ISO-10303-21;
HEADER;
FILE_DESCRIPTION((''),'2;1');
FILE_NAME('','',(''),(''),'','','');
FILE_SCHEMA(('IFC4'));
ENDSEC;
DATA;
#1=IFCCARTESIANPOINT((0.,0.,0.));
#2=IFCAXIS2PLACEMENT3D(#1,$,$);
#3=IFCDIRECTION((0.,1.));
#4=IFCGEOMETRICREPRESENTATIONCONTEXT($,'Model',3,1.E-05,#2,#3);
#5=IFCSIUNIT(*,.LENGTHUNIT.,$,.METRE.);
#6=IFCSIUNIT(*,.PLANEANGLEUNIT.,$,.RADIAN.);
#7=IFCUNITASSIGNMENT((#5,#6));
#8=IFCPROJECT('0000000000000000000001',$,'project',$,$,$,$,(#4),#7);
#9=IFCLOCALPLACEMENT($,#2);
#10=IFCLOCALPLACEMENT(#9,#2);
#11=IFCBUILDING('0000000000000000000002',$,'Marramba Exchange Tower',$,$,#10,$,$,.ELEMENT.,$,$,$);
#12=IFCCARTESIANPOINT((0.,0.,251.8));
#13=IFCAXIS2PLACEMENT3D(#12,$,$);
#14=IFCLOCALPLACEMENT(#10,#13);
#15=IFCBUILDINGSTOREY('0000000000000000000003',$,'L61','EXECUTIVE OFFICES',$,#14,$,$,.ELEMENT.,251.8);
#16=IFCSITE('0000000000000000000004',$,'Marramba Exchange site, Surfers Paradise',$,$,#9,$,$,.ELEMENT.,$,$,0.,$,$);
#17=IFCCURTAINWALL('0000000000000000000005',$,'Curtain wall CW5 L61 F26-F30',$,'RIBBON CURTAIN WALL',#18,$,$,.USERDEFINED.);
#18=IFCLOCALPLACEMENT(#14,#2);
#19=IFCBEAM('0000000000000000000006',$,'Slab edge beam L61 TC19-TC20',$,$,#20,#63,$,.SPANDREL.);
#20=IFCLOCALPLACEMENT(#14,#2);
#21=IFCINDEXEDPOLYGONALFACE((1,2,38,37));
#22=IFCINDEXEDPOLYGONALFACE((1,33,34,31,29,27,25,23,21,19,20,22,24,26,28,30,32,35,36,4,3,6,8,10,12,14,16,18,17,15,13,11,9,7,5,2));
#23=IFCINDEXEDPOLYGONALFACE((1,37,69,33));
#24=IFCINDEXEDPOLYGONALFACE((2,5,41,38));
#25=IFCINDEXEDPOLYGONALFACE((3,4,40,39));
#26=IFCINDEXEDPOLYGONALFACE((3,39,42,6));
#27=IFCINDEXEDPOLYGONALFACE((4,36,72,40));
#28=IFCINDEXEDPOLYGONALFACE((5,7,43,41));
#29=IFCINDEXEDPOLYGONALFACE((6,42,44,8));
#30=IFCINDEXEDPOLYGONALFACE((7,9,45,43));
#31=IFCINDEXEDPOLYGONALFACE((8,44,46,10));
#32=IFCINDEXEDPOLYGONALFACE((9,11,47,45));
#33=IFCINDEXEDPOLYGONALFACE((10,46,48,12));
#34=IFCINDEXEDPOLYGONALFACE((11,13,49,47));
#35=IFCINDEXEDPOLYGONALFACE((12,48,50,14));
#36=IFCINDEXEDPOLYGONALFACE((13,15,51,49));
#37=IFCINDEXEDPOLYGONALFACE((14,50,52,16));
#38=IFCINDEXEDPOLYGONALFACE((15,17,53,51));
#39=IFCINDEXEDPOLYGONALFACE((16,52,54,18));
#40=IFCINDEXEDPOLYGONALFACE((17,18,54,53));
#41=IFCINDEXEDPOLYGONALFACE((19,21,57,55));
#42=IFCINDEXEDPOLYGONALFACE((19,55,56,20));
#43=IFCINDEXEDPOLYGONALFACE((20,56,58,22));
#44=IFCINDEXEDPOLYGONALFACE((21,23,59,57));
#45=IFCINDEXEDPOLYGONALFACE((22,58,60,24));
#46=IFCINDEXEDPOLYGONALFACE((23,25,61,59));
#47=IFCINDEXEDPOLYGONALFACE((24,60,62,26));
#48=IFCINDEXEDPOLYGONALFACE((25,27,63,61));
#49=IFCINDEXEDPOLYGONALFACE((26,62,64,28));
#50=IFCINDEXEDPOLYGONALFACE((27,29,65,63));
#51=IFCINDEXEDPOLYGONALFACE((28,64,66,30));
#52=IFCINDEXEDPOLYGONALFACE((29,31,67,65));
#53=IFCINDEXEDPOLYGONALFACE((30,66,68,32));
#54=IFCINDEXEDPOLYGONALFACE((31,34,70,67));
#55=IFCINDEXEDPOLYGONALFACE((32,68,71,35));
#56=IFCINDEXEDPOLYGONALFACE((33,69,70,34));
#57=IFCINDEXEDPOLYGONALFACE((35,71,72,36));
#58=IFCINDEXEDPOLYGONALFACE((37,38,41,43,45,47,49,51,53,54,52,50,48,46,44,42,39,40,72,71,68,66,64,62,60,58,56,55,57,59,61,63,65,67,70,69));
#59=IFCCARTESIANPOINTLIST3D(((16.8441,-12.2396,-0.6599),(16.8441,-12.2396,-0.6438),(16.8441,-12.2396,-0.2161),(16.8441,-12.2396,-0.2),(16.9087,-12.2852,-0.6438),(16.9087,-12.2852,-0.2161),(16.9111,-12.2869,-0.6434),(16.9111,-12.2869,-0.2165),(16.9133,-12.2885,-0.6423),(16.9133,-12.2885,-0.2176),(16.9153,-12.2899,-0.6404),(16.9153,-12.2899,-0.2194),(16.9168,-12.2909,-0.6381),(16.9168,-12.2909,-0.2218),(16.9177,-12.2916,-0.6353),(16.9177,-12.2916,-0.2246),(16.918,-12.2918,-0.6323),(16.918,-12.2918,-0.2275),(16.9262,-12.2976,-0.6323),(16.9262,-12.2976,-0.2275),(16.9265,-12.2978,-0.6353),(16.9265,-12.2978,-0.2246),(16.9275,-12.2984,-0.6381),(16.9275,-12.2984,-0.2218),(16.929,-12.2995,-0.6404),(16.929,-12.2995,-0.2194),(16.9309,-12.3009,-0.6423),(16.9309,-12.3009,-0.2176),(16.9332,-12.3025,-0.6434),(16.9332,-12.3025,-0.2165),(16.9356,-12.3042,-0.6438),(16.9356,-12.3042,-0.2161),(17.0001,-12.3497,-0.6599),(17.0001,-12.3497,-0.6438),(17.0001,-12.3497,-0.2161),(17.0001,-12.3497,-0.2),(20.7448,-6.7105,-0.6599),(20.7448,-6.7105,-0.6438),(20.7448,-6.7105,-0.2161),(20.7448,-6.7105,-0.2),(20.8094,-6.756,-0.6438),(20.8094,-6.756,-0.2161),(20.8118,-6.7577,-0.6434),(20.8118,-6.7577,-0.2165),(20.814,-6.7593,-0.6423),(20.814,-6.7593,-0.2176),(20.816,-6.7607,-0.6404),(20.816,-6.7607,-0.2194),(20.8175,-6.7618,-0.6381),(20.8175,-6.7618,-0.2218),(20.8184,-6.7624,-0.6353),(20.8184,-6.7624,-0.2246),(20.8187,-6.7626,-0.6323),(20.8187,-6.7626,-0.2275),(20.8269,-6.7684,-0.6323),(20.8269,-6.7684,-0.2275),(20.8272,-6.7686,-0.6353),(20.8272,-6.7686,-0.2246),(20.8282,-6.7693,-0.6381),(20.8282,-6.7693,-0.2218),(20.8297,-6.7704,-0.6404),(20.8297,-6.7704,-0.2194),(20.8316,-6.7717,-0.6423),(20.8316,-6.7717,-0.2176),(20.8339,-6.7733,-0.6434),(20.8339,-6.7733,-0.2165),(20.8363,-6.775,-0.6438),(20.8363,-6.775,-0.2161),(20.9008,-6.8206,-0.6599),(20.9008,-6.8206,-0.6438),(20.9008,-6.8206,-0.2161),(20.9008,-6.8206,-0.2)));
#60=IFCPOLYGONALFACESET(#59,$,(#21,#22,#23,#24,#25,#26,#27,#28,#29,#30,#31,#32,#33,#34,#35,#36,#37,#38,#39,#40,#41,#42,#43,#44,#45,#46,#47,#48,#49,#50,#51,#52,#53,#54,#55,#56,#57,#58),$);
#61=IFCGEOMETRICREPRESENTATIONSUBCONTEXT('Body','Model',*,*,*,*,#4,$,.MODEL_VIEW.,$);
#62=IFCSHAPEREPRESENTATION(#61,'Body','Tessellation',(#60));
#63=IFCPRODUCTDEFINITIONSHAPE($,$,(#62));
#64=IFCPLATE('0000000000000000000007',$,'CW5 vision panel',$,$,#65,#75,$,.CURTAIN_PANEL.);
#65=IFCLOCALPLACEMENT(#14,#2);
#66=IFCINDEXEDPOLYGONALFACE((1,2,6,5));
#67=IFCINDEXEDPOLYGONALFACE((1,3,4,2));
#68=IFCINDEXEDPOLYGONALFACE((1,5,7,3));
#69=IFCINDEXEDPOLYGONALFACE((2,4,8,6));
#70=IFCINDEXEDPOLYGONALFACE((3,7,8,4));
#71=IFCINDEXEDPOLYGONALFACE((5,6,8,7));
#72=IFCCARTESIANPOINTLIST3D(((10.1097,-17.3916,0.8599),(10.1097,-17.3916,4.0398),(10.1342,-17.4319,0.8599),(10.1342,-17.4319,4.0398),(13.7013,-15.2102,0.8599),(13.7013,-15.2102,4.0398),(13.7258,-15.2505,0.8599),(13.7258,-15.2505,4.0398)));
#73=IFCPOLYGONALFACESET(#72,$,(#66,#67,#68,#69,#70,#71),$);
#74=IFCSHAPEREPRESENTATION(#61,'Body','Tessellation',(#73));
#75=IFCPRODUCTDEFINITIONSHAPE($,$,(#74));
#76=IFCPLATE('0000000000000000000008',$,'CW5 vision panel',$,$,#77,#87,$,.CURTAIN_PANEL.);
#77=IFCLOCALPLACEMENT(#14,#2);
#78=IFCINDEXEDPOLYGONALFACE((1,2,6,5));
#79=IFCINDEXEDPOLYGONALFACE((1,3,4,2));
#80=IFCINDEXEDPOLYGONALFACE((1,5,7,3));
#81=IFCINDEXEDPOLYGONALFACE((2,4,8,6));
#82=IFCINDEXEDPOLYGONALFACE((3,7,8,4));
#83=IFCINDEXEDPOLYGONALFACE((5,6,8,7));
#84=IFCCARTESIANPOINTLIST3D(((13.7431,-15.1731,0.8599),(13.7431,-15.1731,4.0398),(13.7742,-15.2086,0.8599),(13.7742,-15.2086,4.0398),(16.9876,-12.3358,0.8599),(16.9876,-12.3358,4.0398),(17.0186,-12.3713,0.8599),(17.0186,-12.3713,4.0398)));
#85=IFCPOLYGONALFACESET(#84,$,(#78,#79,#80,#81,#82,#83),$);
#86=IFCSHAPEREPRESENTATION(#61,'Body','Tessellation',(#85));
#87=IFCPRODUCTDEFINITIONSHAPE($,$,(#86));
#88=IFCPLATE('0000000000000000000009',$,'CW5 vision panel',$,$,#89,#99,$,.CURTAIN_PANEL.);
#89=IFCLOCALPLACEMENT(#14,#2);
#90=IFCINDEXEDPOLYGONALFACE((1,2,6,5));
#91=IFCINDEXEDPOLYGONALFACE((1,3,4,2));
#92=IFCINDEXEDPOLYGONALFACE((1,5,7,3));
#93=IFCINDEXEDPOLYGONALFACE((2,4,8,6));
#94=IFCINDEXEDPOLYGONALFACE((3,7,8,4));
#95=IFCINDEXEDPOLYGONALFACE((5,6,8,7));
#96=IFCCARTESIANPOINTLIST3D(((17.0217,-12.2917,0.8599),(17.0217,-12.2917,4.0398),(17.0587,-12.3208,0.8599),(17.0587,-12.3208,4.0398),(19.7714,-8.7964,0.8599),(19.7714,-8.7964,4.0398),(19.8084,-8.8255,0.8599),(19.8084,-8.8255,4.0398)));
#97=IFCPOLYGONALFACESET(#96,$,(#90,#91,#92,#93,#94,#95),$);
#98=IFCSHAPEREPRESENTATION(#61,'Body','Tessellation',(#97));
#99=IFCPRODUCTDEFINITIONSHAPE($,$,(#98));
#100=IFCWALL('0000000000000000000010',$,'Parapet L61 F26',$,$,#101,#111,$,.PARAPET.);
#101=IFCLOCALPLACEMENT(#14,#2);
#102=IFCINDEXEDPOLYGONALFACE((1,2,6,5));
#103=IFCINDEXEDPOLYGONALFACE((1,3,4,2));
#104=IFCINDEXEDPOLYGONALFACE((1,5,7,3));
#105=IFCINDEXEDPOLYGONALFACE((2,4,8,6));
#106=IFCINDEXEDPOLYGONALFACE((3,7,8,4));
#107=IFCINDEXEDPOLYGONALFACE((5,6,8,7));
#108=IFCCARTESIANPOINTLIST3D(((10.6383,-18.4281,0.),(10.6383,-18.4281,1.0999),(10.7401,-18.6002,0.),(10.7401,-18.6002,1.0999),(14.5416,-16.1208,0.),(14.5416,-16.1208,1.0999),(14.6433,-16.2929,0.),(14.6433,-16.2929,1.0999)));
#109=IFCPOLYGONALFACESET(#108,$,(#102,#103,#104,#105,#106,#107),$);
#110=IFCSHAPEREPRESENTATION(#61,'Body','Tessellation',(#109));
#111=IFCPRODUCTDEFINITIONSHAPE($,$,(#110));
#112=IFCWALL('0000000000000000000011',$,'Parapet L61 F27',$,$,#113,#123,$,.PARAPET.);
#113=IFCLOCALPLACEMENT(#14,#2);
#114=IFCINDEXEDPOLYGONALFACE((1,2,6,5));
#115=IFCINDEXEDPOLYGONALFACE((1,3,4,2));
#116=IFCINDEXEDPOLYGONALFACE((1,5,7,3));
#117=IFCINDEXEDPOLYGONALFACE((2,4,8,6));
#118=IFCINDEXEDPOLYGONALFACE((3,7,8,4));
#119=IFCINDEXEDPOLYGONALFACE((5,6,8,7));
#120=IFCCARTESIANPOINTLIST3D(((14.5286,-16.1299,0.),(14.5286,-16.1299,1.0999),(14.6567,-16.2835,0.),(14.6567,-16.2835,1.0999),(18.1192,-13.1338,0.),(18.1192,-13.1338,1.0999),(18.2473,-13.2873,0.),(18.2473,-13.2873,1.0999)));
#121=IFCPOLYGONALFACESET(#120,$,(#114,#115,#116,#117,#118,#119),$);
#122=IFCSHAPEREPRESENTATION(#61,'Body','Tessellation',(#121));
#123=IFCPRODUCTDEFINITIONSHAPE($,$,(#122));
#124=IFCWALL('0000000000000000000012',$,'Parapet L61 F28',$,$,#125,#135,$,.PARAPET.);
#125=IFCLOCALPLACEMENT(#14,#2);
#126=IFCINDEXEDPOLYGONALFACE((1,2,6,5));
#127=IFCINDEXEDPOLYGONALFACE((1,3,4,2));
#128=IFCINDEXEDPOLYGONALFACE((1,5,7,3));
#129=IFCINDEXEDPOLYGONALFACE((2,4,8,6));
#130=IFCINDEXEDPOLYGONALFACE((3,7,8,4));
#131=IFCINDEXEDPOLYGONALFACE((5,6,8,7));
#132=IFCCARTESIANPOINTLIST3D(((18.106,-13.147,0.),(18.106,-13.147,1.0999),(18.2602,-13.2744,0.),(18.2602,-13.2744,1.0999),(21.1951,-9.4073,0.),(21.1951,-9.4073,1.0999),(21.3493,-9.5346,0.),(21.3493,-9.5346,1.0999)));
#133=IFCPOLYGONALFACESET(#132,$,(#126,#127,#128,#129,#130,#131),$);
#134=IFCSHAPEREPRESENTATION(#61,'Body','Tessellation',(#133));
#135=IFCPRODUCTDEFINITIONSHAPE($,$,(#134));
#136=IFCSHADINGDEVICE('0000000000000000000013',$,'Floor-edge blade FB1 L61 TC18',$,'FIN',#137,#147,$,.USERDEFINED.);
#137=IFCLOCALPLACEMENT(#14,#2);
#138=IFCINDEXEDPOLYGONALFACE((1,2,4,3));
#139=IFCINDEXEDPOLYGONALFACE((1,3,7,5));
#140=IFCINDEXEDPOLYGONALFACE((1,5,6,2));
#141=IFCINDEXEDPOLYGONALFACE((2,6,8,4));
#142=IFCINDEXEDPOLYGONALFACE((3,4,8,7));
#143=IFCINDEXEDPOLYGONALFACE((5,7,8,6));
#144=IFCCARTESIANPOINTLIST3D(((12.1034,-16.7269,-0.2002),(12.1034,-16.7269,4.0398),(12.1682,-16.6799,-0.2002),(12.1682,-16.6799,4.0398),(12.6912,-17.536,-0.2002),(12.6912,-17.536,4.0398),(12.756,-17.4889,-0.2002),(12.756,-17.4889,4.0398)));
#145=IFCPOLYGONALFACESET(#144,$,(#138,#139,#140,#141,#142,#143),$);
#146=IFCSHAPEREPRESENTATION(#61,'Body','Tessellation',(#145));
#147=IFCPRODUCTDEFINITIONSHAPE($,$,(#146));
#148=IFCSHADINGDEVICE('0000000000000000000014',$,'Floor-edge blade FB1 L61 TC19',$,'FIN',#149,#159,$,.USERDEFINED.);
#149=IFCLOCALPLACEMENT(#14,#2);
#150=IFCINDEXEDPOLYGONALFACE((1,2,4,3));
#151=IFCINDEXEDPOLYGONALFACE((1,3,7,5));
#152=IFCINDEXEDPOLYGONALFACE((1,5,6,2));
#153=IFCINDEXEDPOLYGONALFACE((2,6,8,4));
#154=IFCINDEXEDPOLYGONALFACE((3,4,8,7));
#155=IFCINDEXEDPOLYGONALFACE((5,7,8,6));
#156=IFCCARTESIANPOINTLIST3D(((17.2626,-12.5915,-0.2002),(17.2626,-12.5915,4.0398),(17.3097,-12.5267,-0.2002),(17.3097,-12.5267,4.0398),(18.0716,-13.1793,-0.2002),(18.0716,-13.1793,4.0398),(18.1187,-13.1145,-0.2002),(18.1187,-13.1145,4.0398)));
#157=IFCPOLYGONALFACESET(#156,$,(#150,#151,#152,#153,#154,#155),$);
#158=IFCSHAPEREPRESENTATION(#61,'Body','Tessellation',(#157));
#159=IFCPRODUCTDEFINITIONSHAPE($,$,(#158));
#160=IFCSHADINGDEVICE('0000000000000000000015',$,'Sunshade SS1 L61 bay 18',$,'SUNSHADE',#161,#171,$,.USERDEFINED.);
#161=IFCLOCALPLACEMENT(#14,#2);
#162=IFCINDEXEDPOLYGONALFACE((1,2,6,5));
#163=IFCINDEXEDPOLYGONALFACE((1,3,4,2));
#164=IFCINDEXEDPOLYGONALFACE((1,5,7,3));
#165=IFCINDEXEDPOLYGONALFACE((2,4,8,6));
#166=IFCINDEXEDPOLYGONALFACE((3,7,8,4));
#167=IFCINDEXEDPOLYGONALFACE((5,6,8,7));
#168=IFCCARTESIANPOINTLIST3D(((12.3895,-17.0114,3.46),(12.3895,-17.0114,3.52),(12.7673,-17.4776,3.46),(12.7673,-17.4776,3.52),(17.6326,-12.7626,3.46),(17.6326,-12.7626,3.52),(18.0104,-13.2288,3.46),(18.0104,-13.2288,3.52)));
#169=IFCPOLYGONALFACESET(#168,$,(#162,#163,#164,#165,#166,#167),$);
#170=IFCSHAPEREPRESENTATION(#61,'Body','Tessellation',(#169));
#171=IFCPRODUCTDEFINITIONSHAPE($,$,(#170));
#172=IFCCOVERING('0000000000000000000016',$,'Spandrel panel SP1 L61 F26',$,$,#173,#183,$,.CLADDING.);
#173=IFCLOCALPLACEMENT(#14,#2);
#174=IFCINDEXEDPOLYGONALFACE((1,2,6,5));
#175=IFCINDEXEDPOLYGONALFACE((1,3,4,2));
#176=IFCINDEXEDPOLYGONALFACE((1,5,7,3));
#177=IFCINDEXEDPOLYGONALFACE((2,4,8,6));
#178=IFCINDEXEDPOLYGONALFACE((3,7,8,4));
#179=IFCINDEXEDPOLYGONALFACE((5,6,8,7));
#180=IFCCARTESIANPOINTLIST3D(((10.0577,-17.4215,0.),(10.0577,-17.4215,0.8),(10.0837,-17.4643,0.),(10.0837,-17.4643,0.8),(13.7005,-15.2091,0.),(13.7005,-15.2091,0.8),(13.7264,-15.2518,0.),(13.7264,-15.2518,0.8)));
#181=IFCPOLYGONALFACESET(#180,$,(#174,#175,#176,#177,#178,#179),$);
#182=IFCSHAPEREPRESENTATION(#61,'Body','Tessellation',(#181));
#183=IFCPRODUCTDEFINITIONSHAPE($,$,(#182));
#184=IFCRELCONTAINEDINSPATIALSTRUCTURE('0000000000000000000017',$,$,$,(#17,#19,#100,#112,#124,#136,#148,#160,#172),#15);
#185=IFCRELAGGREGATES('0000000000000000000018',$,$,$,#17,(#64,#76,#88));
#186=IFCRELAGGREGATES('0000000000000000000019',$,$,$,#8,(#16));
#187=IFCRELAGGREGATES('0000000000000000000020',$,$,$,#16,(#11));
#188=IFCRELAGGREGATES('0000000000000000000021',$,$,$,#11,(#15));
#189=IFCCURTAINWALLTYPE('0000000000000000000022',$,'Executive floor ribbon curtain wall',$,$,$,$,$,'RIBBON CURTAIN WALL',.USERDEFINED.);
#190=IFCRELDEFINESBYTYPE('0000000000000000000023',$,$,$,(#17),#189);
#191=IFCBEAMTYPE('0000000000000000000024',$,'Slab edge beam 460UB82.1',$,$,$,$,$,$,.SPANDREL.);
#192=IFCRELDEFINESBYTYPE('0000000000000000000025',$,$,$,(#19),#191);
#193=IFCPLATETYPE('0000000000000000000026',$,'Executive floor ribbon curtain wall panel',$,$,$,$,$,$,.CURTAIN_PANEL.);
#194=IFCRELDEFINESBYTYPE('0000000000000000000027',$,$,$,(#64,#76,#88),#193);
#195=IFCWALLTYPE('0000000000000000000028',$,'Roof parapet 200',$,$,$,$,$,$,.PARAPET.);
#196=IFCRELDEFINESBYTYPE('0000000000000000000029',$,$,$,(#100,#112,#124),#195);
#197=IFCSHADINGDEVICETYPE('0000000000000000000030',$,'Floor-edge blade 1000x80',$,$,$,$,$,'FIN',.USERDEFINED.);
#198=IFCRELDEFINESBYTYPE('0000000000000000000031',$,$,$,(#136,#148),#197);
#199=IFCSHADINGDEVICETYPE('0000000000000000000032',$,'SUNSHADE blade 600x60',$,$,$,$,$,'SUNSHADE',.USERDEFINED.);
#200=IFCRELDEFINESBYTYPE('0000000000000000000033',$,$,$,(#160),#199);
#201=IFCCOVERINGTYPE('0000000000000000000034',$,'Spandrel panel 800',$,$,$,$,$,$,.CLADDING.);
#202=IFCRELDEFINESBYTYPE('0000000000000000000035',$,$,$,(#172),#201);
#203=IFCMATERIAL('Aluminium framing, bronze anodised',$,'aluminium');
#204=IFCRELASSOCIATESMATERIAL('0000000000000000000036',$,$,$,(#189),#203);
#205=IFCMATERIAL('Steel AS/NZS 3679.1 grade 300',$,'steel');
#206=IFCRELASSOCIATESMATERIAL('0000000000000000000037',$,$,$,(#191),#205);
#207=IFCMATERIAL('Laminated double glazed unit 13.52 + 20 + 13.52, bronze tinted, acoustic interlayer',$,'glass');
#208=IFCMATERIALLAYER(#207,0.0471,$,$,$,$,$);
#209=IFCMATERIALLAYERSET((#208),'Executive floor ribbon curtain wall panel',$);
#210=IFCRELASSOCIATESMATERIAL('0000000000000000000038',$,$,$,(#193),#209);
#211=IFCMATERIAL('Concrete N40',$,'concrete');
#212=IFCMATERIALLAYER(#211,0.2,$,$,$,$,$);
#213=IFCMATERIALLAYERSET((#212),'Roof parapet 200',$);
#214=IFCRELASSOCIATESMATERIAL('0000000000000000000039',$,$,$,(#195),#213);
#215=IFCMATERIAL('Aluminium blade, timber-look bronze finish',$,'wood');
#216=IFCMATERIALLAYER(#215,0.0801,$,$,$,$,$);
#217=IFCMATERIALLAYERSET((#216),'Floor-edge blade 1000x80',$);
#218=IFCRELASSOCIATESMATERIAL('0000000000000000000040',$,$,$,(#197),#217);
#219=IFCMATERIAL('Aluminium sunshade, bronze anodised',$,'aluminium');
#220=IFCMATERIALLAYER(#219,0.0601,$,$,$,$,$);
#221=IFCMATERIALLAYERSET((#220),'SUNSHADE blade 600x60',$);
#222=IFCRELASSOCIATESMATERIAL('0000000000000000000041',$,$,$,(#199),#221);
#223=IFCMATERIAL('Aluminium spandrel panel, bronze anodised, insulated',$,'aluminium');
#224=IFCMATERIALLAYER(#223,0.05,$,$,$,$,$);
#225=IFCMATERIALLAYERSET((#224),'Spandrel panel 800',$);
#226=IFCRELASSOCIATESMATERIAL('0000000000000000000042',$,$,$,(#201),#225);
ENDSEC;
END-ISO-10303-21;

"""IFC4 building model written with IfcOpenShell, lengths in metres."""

from ifc_helpers import new_model, si_unit, direction, frame, frame_2d, origin, origin_2d, place, context, subcontext, project, spatial, rectangle, i_section, extrude, material, layer, layer_set, material_profile, profile_set, type_object, element, aggregate, save


model = new_model("IFC4")

# Units and contexts
model_context = context("Model", 3, precision=1e-05, world=origin(), true_north=direction((0.0, 1.0)))
body_context = subcontext(model_context, "Body", "Model", "MODEL_VIEW")
ifc_project = project(units=[si_unit("LENGTHUNIT", "METRE"), si_unit("PLANEANGLEUNIT", "RADIAN")], contexts=[model_context])

# Site, building, storey
site_placement = place(None, origin())
site = spatial("IfcSite", under=ifc_project, at=site_placement, Name="Marramba Exchange site, Surfers Paradise", CompositionType="ELEMENT", RefElevation=0.0)
building_placement = place(site_placement, origin())
building = spatial("IfcBuilding", under=site, at=building_placement, Name="Marramba Exchange Tower", CompositionType="ELEMENT")
storey_placement = place(building_placement, frame((0.0, 0.0, 251.8)))
storey = spatial("IfcBuildingStorey", under=building, at=storey_placement, Name="L61", Description="EXECUTIVE OFFICES", CompositionType="ELEMENT", Elevation=251.8)

# Curtain wall
ifc_material_1 = material(Name="Aluminium framing, bronze anodised", Category="aluminium")
curtain_wall_type = type_object("IfcCurtainWallType", Name="Executive floor ribbon curtain wall", ElementType="RIBBON CURTAIN WALL", PredefinedType="USERDEFINED", material=ifc_material_1)
curtain_wall_placement = place(storey_placement, origin())
curtain_wall = element("IfcCurtainWall", 1, at=curtain_wall_placement, inside=storey, type_object=curtain_wall_type, Name="Curtain wall CW5 L61 F26-F30", ObjectType="RIBBON CURTAIN WALL", PredefinedType="USERDEFINED")

# Beam
ifc_material_2 = material(Name="Steel AS/NZS 3679.1 grade 300", Category="steel")
ifc_material_profile_1 = material_profile(ifc_material_2, i_section(OverallWidth=0.1909, OverallDepth=0.46, WebThickness=0.01, FlangeThickness=0.0161, FilletRadius=0.0115, at=origin_2d()), Name="460UB82.1")
ifc_profile_set_1 = profile_set([ifc_material_profile_1], Name="Steel AS/NZS 3679.1 grade 300")
beam_type_1 = type_object("IfcBeamType", Name="Slab edge beam 460UB82.1", PredefinedType="SPANDREL", material=ifc_profile_set_1)
beam_1_placement = place(storey_placement, frame((16.9221, -12.2947, -0.4299), z_axis=(0.576464, 0.817123, 0.0), x_axis=(-0.817123, 0.576464, 0.0)))
element("IfcBeam", 2, at=beam_1_placement, inside=storey, type_object=beam_type_1, Name="Slab edge beam L61 TC19-TC20", PredefinedType="SPANDREL", context=body_context, shape_type="SweptSolid", body=[
    extrude(i_section(OverallWidth=0.1909, OverallDepth=0.46, WebThickness=0.01, FlangeThickness=0.0161, FilletRadius=0.0115, at=origin_2d()), origin(), (0.0, 0.0, 1.0), 6.7666),
])

# Plates
ifc_material_3 = material(Name="Laminated double glazed unit 13.52 + 20 + 13.52, bronze tinted, acoustic interlayer", Category="glass")
ifc_layer_1 = layer(ifc_material_3, 0.0471)
ifc_layer_set_1 = layer_set([ifc_layer_1], Name="Executive floor ribbon curtain wall panel")
plate_type = type_object("IfcPlateType", Name="Executive floor ribbon curtain wall panel", PredefinedType="CURTAIN_PANEL", material=ifc_layer_set_1)
plate_1_placement = place(storey_placement, frame((11.9177, -16.321, 0.8599), z_axis=(0.0, 0.0, 1.0), x_axis=(0.854704, 0.519115, 0.0)))
plate_1 = element("IfcPlate", 3, at=plate_1_placement, type_object=plate_type, Name="CW5 vision panel", PredefinedType="CURTAIN_PANEL", context=body_context, shape_type="SweptSolid", body=[
    extrude(rectangle(XDim=4.2021, YDim=0.0471, at=origin_2d()), origin(), (0.0, 0.0, 1.0), 3.1799),
])
plate_2_placement = place(storey_placement, frame((15.3809, -13.7722, 0.8599), z_axis=(0.0, 0.0, 1.0), x_axis=(0.752751, 0.658305, 0.0)))
plate_2 = element("IfcPlate", 4, at=plate_2_placement, type_object=plate_type, Name="CW5 vision panel", PredefinedType="CURTAIN_PANEL", context=body_context, shape_type="SweptSolid", body=[
    extrude(rectangle(XDim=4.3101, YDim=0.0471, at=origin_2d()), origin(), (0.0, 0.0, 1.0), 3.1799),
])
plate_3_placement = place(storey_placement, frame((18.415, -10.5586, 0.8599), z_axis=(0.0, 0.0, 1.0), x_axis=(0.618291, 0.78595, 0.0)))
plate_3 = element("IfcPlate", 5, at=plate_3_placement, type_object=plate_type, Name="CW5 vision panel", PredefinedType="CURTAIN_PANEL", context=body_context, shape_type="SweptSolid", body=[
    extrude(rectangle(XDim=4.4473, YDim=0.0471, at=origin_2d()), origin(), (0.0, 0.0, 1.0), 3.1799),
])
aggregate(curtain_wall, [plate_1, plate_2, plate_3])

# Walls
ifc_material_4 = material(Name="Concrete N40", Category="concrete")
ifc_layer_2 = layer(ifc_material_4, 0.2)
ifc_layer_set_2 = layer_set([ifc_layer_2], Name="Roof parapet 200")
wall_type = type_object("IfcWallType", Name="Roof parapet 200", PredefinedType="PARAPET", material=ifc_layer_set_2)
wall_1_placement = place(storey_placement, frame((10.6892, -18.5142, 0.0), z_axis=(0.0, 0.0, 1.0), x_axis=(0.860843, 0.508871, 0.0)))
element("IfcWall", 6, at=wall_1_placement, inside=storey, type_object=wall_type, Name="Parapet L61 F26", PredefinedType="PARAPET", context=body_context, shape_type="SweptSolid", body=[
    extrude(rectangle(XDim=4.5342, YDim=0.2, at=frame_2d((2.2671, 0.0))), origin(), (0.0, 0.0, 1.0), 1.0999),
])
wall_2_placement = place(storey_placement, frame((14.5925, -16.2068, 0.0), z_axis=(0.0, 0.0, 1.0), x_axis=(0.767806, 0.640682, 0.0)))
element("IfcWall", 7, at=wall_2_placement, inside=storey, type_object=wall_type, Name="Parapet L61 F27", PredefinedType="PARAPET", context=body_context, shape_type="SweptSolid", body=[
    extrude(rectangle(XDim=4.6765, YDim=0.2, at=frame_2d((2.3384, 0.0))), origin(), (0.0, 0.0, 1.0), 1.0999),
])
wall_3_placement = place(storey_placement, frame((18.1831, -13.2107, 0.0), z_axis=(0.0, 0.0, 1.0), x_axis=(0.636852, 0.770986, 0.0)))
element("IfcWall", 8, at=wall_3_placement, inside=storey, type_object=wall_type, Name="Parapet L61 F28", PredefinedType="PARAPET", context=body_context, shape_type="SweptSolid", body=[
    extrude(rectangle(XDim=4.8506, YDim=0.2, at=frame_2d((2.4253, 0.0))), origin(), (0.0, 0.0, 1.0), 1.0999),
])

# Shading devices
ifc_material_5 = material(Name="Aluminium blade, timber-look bronze finish", Category="wood")
ifc_layer_3 = layer(ifc_material_5, 0.0801)
ifc_layer_set_3 = layer_set([ifc_layer_3], Name="Floor-edge blade 1000x80")
shading_device_type_1 = type_object("IfcShadingDeviceType", Name="Floor-edge blade 1000x80", ElementType="FIN", PredefinedType="USERDEFINED", material=ifc_layer_set_3)
for number, where, z_axis, x_axis, name in (
    (9, (12.4297, -17.1079, -0.2002), (0.0, 0.0, 1.0), (0.587785, -0.809017, 0.0), "Floor-edge blade FB1 L61 TC18"),
    (10, (17.6907, -12.853, -0.2002), (0.0, 0.0, 1.0), (0.809017, -0.587785, 0.0), "Floor-edge blade FB1 L61 TC19"),
):
    element("IfcShadingDevice", number, at=place(storey_placement, frame(where, z_axis=z_axis, x_axis=x_axis)), inside=storey, type_object=shading_device_type_1, Name=name, ObjectType="FIN", PredefinedType="USERDEFINED", context=body_context, shape_type="SweptSolid", body=[
        extrude(rectangle(XDim=1.0, YDim=0.0801, at=origin_2d()), origin(), (0.0, 0.0, 1.0), 4.24),
    ])
ifc_material_6 = material(Name="Aluminium sunshade, bronze anodised", Category="aluminium")
ifc_layer_4 = layer(ifc_material_6, 0.0601)
ifc_layer_set_4 = layer_set([ifc_layer_4], Name="SUNSHADE blade 600x60")
shading_device_type_2 = type_object("IfcShadingDeviceType", Name="SUNSHADE blade 600x60", ElementType="SUNSHADE", PredefinedType="USERDEFINED", material=ifc_layer_set_4)
shading_device_placement = place(storey_placement, frame((15.2, -15.1201, 3.46), z_axis=(0.0, 0.0, 1.0), x_axis=(0.776928, 0.62959, 0.0)))
element("IfcShadingDevice", 11, at=shading_device_placement, inside=storey, type_object=shading_device_type_2, Name="Sunshade SS1 L61 bay 18", ObjectType="SUNSHADE", PredefinedType="USERDEFINED", context=body_context, shape_type="SweptSolid", body=[
    extrude(rectangle(XDim=6.7485, YDim=0.6001, at=origin_2d()), origin(), (0.0, 0.0, 1.0), 0.0601),
])

# Covering
ifc_material_7 = material(Name="Aluminium spandrel panel, bronze anodised, insulated", Category="aluminium")
ifc_layer_5 = layer(ifc_material_7, 0.05)
ifc_layer_set_5 = layer_set([ifc_layer_5], Name="Spandrel panel 800")
covering_type = type_object("IfcCoveringType", Name="Spandrel panel 800", PredefinedType="CLADDING", material=ifc_layer_set_5)
covering_1_placement = place(storey_placement, frame((11.8921, -16.3367, 0.0), z_axis=(0.0, 0.0, 1.0), x_axis=(0.854704, 0.519115, 0.0)))
element("IfcCovering", 12, at=covering_1_placement, inside=storey, type_object=covering_type, Name="Spandrel panel SP1 L61 F26", PredefinedType="CLADDING", context=body_context, shape_type="SweptSolid", body=[
    extrude(rectangle(XDim=4.262, YDim=0.05, at=origin_2d()), origin(), (0.0, 0.0, 1.0), 0.8),
])

save(model, "model.ifc")
